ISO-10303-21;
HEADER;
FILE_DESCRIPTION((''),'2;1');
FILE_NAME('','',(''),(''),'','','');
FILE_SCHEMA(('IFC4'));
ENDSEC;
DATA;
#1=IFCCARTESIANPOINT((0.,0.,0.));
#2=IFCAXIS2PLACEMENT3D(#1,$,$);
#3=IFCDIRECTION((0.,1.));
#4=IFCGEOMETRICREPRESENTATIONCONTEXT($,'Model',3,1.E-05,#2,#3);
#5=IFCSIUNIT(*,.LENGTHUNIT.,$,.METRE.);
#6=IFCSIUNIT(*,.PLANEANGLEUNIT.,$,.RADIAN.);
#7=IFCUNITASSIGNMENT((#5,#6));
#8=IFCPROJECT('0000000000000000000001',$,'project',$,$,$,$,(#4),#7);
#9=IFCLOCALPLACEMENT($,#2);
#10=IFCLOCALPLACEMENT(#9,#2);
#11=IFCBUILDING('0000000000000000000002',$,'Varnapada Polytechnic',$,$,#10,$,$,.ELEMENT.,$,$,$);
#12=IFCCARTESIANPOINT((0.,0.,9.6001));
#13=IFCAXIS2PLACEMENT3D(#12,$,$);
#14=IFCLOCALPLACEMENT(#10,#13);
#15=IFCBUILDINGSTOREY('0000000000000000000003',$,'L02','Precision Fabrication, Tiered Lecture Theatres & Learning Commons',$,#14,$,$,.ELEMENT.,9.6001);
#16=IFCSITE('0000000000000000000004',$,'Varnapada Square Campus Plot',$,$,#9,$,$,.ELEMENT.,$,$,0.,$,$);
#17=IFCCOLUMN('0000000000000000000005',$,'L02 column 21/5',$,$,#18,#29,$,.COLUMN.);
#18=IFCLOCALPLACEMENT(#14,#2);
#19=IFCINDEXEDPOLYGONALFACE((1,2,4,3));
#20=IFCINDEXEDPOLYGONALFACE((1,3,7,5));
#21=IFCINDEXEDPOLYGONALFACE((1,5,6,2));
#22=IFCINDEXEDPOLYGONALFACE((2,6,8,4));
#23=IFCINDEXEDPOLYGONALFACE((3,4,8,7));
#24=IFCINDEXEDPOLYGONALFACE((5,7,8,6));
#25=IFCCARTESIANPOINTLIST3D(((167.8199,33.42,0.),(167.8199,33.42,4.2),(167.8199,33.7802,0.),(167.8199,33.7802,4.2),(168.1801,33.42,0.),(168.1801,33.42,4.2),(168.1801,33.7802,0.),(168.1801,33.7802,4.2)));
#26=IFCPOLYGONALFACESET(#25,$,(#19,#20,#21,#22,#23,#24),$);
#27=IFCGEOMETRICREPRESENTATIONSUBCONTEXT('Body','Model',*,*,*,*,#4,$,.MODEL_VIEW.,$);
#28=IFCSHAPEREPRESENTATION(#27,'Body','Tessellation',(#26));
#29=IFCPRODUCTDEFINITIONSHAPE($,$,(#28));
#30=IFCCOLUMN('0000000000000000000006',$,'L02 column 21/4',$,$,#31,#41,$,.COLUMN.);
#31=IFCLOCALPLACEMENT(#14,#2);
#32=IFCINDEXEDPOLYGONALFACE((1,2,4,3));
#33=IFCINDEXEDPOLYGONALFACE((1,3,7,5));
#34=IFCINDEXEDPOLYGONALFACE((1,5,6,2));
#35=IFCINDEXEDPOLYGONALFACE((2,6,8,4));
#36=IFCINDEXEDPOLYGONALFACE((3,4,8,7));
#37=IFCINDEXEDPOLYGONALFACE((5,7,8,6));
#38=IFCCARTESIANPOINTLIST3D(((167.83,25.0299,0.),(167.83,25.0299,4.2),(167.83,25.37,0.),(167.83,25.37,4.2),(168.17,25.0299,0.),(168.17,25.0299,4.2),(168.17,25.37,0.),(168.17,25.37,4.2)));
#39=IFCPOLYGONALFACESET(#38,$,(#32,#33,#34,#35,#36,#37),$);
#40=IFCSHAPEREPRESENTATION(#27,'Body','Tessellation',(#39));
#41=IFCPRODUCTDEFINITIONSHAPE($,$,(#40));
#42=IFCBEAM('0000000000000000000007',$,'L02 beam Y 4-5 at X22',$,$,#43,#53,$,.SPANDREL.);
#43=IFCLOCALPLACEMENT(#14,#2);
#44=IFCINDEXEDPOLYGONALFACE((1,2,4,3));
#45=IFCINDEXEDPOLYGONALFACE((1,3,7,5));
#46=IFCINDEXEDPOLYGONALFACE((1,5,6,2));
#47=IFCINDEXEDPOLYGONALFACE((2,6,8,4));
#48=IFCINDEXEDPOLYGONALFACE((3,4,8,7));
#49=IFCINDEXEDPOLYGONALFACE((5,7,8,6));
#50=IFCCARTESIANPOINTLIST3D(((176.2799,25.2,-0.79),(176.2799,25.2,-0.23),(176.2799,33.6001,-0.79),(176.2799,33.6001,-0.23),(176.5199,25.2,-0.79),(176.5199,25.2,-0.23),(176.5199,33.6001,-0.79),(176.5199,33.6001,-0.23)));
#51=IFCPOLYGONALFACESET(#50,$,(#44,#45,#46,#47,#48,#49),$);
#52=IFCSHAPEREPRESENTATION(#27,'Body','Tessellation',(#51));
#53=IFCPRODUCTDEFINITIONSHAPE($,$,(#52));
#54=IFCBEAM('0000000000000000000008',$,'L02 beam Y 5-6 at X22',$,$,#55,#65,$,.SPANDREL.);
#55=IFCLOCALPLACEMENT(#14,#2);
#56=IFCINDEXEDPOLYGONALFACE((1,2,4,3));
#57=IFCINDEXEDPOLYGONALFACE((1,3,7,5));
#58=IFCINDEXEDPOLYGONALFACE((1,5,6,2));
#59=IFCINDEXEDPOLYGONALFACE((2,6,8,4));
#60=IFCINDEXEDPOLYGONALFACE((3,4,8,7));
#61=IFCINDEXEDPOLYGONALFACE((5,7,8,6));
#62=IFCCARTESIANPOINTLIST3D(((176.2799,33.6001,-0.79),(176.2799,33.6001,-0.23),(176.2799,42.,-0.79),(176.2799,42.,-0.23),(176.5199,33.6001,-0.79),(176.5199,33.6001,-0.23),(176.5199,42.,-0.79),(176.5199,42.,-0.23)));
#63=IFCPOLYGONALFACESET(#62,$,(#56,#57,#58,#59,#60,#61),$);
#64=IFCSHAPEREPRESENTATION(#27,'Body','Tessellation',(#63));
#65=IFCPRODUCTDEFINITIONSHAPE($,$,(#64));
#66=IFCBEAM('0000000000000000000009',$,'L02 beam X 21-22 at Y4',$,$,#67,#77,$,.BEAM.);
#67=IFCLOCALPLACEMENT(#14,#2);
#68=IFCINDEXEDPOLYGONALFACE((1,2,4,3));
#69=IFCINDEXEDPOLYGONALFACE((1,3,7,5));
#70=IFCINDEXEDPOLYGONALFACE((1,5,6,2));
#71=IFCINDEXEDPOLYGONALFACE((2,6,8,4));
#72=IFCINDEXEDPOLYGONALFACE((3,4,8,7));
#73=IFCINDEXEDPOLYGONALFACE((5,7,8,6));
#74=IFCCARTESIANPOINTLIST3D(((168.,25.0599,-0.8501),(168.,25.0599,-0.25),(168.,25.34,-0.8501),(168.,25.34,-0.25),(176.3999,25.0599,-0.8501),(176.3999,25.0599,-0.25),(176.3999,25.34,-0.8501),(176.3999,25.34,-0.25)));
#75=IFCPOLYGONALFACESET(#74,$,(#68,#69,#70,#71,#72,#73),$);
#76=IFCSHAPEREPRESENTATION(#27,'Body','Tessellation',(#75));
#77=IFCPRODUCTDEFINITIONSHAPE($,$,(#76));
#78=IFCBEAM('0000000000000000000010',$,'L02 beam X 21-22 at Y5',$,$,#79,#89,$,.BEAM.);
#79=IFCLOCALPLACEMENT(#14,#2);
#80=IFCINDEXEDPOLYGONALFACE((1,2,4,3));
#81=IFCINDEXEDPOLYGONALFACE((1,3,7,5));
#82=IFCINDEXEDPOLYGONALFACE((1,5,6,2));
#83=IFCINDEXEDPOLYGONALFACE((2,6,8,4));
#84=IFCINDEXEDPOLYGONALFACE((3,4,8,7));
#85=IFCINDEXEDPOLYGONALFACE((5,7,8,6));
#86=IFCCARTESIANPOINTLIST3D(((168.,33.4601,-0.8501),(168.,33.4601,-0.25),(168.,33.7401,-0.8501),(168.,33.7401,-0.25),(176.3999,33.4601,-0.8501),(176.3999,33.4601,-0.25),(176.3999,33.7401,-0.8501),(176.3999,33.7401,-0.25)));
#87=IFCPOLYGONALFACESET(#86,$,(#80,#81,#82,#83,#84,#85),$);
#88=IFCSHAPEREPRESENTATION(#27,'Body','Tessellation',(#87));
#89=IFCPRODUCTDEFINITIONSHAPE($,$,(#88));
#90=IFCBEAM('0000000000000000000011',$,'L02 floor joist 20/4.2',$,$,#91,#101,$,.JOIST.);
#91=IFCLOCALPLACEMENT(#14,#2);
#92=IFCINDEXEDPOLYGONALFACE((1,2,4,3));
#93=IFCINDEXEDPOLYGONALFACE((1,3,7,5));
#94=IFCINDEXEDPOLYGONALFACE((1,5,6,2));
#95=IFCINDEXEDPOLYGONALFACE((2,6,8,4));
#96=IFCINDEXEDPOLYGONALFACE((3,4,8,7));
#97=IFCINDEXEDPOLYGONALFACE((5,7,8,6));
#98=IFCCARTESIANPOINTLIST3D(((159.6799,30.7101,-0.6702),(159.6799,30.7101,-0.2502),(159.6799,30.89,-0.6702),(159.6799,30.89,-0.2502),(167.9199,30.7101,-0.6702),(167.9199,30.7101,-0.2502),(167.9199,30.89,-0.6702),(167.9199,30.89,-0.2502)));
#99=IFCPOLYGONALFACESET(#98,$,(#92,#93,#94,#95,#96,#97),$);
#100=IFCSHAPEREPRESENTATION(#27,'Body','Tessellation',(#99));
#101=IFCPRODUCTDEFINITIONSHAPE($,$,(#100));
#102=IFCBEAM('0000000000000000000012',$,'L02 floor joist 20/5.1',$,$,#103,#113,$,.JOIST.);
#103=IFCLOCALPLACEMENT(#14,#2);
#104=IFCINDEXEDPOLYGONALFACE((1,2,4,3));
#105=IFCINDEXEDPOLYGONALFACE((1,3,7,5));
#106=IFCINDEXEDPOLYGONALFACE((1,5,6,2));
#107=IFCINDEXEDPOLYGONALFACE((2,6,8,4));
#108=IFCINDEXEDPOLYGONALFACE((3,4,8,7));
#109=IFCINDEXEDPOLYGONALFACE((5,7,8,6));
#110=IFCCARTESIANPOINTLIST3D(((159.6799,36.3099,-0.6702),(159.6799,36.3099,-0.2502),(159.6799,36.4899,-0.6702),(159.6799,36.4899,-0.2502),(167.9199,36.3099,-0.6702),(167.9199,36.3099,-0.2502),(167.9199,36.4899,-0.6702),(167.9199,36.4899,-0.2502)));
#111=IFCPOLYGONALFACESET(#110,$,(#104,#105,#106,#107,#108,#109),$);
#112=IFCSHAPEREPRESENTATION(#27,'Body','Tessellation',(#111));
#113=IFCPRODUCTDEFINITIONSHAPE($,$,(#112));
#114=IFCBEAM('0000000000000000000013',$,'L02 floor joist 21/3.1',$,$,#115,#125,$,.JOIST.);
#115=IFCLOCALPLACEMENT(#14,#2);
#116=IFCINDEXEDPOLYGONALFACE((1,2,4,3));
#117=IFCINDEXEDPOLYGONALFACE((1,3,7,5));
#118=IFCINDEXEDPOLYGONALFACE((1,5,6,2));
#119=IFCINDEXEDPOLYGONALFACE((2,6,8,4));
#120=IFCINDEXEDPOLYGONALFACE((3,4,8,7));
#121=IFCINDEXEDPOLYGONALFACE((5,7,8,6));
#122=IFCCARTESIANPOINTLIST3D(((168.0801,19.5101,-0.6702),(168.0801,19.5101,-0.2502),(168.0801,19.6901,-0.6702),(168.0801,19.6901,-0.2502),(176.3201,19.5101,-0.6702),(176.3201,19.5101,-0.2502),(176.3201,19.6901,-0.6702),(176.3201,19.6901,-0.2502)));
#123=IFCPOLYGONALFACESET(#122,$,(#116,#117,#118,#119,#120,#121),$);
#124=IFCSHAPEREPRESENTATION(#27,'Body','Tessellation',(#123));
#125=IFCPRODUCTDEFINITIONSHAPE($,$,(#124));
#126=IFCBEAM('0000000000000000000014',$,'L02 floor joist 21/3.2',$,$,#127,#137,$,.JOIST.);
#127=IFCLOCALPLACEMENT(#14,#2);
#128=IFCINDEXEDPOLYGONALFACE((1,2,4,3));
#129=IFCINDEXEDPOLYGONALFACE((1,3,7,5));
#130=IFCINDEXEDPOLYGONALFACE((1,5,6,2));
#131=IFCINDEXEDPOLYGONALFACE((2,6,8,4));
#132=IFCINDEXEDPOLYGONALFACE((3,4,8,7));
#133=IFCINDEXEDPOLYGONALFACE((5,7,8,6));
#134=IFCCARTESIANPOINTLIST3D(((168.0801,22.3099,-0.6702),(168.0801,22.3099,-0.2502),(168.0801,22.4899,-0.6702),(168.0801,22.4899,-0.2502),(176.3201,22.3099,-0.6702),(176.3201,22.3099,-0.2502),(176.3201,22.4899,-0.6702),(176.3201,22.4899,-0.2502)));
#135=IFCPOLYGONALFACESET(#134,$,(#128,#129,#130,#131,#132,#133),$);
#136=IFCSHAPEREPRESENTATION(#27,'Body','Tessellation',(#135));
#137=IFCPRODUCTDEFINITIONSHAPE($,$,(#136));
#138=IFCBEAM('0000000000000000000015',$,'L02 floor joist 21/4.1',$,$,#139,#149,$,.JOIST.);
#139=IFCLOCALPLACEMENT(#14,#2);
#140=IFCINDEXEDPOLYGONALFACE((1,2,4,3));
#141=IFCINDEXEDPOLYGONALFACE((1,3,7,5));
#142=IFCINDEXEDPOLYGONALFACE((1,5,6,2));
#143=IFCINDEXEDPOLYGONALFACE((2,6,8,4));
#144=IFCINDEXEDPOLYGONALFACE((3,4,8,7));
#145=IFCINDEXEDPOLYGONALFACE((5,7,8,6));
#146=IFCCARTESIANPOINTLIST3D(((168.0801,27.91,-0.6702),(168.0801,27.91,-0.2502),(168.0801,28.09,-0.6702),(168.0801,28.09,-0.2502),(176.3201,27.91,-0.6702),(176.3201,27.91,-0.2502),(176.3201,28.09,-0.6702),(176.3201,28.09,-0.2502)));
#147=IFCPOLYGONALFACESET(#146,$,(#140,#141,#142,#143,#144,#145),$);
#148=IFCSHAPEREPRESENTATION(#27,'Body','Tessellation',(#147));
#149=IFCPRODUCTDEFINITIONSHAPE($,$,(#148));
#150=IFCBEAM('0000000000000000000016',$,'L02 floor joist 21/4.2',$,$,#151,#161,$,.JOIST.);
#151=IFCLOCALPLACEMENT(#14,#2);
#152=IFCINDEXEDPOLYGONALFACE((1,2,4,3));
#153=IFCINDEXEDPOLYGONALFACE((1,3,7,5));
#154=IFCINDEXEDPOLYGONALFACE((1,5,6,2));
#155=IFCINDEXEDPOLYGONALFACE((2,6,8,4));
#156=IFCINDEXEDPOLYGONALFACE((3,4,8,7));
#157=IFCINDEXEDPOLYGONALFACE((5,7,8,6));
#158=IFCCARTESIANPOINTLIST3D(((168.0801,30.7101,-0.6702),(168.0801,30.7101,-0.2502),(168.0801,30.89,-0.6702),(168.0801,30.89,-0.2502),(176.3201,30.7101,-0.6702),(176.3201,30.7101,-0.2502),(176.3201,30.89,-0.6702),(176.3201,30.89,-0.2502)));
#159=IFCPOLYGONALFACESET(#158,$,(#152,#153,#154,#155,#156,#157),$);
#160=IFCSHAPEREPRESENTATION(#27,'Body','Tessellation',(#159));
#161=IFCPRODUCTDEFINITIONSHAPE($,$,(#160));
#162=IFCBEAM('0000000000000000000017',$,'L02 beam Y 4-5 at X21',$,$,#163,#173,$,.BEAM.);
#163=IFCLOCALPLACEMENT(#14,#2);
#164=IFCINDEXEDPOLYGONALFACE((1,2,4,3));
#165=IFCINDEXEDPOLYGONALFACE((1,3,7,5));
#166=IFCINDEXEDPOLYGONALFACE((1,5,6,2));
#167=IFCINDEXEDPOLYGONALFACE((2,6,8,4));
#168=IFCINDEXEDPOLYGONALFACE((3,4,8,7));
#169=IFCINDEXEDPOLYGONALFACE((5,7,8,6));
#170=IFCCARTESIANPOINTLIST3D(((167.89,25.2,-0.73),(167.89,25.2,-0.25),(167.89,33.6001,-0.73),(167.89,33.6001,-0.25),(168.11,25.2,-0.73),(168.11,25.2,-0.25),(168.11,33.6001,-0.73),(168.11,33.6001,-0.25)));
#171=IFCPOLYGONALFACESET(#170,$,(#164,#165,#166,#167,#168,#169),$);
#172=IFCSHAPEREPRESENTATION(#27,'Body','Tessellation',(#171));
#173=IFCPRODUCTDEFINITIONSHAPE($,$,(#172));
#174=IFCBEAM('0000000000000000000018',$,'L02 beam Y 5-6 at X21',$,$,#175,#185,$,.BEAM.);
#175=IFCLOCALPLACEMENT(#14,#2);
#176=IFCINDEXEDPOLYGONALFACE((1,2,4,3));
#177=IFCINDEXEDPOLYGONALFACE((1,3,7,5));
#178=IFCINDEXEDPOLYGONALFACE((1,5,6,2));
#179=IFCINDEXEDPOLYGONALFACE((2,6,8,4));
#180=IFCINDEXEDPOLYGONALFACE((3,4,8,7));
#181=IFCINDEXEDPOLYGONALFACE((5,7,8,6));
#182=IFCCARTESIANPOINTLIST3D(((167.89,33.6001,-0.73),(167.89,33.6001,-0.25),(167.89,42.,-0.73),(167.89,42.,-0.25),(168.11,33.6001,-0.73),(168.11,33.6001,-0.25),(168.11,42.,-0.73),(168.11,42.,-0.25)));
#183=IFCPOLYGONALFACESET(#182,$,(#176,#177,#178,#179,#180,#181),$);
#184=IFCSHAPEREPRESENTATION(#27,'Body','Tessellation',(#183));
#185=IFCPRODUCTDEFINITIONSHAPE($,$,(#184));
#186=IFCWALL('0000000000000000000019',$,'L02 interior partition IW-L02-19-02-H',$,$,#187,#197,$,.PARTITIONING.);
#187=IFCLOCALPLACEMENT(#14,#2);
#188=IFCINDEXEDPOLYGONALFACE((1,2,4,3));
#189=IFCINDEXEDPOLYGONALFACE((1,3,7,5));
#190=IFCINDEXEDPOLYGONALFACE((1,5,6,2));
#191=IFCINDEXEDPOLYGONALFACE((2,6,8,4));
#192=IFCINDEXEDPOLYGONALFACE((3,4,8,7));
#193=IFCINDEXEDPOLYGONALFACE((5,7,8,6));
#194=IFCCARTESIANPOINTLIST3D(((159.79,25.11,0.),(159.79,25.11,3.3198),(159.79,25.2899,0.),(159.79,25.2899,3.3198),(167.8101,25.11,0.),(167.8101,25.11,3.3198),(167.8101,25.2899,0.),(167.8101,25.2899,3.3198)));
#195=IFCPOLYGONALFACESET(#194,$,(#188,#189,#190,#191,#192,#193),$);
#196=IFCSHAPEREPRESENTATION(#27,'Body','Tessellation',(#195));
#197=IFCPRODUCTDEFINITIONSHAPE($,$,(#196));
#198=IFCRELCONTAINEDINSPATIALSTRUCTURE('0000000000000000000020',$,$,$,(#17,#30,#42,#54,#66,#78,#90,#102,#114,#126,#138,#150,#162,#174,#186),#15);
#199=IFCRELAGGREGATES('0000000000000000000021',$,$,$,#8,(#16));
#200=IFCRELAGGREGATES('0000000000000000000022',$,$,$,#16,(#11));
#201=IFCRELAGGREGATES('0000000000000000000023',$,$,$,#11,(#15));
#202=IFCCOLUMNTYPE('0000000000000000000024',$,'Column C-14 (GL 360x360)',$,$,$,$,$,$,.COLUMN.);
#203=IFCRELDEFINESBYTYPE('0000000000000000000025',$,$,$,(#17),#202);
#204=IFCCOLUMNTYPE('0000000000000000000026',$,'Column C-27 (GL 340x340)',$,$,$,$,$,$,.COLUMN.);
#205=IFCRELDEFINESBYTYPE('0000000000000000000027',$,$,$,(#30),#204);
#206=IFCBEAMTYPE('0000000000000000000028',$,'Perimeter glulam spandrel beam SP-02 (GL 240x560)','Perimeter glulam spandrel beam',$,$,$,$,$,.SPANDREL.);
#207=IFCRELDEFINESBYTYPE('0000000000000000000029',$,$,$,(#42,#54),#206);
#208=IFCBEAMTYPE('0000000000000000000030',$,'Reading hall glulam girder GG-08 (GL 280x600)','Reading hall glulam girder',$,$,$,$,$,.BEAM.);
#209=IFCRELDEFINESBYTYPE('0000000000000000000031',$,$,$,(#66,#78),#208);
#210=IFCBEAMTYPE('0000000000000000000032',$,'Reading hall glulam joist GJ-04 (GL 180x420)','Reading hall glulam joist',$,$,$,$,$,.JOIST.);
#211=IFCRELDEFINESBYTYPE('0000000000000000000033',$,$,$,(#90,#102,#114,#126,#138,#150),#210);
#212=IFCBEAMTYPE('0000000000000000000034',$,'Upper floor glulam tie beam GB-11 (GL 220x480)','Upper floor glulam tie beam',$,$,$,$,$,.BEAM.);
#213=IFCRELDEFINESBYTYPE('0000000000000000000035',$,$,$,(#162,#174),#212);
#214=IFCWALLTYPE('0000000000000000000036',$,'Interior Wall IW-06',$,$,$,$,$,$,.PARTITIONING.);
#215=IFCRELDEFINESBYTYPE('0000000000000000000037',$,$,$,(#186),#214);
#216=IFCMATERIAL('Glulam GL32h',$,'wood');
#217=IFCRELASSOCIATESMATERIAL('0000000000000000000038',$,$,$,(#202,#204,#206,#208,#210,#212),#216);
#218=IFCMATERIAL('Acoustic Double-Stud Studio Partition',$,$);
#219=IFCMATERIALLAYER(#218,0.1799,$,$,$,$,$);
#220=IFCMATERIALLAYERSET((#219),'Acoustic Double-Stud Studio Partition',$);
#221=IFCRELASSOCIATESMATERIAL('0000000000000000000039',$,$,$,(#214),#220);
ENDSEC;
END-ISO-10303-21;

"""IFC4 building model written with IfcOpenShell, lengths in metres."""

from ifc_helpers import new_model, si_unit, direction, frame, frame_2d, origin, origin_2d, place, context, subcontext, project, spatial, rectangle, extrude, material, layer, layer_set, material_profile, profile_set, type_object, element, save


model = new_model("IFC4")

# Units and contexts
model_context = context("Model", 3, precision=1e-05, world=origin(), true_north=direction((0.0, 1.0)))
body_context = subcontext(model_context, "Body", "Model", "MODEL_VIEW")
ifc_project = project(units=[si_unit("LENGTHUNIT", "METRE"), si_unit("PLANEANGLEUNIT", "RADIAN")], contexts=[model_context])

# Site, building, storey
site_placement = place(None, origin())
site = spatial("IfcSite", under=ifc_project, at=site_placement, Name="Varnapada Square Campus Plot", CompositionType="ELEMENT", RefElevation=0.0)
building_placement = place(site_placement, origin())
building = spatial("IfcBuilding", under=site, at=building_placement, Name="Varnapada Polytechnic", CompositionType="ELEMENT")
storey_placement = place(building_placement, frame((0.0, 0.0, 9.6001)))
storey = spatial("IfcBuildingStorey", under=building, at=storey_placement, Name="L02", Description="Precision Fabrication, Tiered Lecture Theatres & Learning Commons", CompositionType="ELEMENT", Elevation=9.6001)

# Columns
ifc_material_1 = material(Name="Glulam GL32h", Category="wood")
ifc_material_profile_1 = material_profile(ifc_material_1, rectangle(XDim=0.3601, YDim=0.3601, at=origin_2d()), Name="GL 360x360")
ifc_profile_set_1 = profile_set([ifc_material_profile_1], Name="Glulam GL32h")
column_type_1 = type_object("IfcColumnType", Name="Column C-14 (GL 360x360)", PredefinedType="COLUMN", material=ifc_profile_set_1)
column_1_placement = place(storey_placement, frame((168.0, 33.6001, 0.0), z_axis=(0.0, 0.0, 1.0), x_axis=(1.0, 0.0, 0.0)))
element("IfcColumn", 1, at=column_1_placement, inside=storey, type_object=column_type_1, Name="L02 column 21/5", PredefinedType="COLUMN", context=body_context, shape_type="SweptSolid", body=[
    extrude(rectangle(XDim=0.3601, YDim=0.3601, at=origin_2d()), origin(), (0.0, 0.0, 1.0), 4.2),
])
ifc_material_profile_2 = material_profile(ifc_material_1, rectangle(XDim=0.3401, YDim=0.3401, at=origin_2d()), Name="GL 340x340")
ifc_profile_set_2 = profile_set([ifc_material_profile_2], Name="Glulam GL32h")
column_type_2 = type_object("IfcColumnType", Name="Column C-27 (GL 340x340)", PredefinedType="COLUMN", material=ifc_profile_set_2)
column_2_placement = place(storey_placement, frame((168.0, 25.2, 0.0), z_axis=(0.0, 0.0, 1.0), x_axis=(1.0, 0.0, 0.0)))
element("IfcColumn", 2, at=column_2_placement, inside=storey, type_object=column_type_2, Name="L02 column 21/4", PredefinedType="COLUMN", context=body_context, shape_type="SweptSolid", body=[
    extrude(rectangle(XDim=0.3401, YDim=0.3401, at=origin_2d()), origin(), (0.0, 0.0, 1.0), 4.2),
])

# Beams
ifc_material_profile_3 = material_profile(ifc_material_1, rectangle(XDim=0.24, YDim=0.5601, at=origin_2d()), Name="GL 240x560")
ifc_profile_set_3 = profile_set([ifc_material_profile_3], Name="Glulam GL32h")
beam_type_1 = type_object("IfcBeamType", Name="Perimeter glulam spandrel beam SP-02 (GL 240x560)", Description="Perimeter glulam spandrel beam", PredefinedType="SPANDREL", material=ifc_profile_set_3)
beam_1_placement = place(storey_placement, frame((176.3999, 25.2, -0.51), z_axis=(0.0, 1.0, 0.0), x_axis=(-1.0, 0.0, 0.0)))
element("IfcBeam", 3, at=beam_1_placement, inside=storey, type_object=beam_type_1, Name="L02 beam Y 4-5 at X22", PredefinedType="SPANDREL", context=body_context, shape_type="SweptSolid", body=[
    extrude(rectangle(XDim=0.24, YDim=0.5601, at=origin_2d()), origin(), (0.0, 0.0, 1.0), 8.4001),
])
beam_2_placement = place(storey_placement, frame((176.3999, 33.6001, -0.51), z_axis=(0.0, 1.0, 0.0), x_axis=(-1.0, 0.0, 0.0)))
element("IfcBeam", 4, at=beam_2_placement, inside=storey, type_object=beam_type_1, Name="L02 beam Y 5-6 at X22", PredefinedType="SPANDREL", context=body_context, shape_type="SweptSolid", body=[
    extrude(rectangle(XDim=0.24, YDim=0.5601, at=origin_2d()), origin(), (0.0, 0.0, 1.0), 8.3999),
])
ifc_material_profile_4 = material_profile(ifc_material_1, rectangle(XDim=0.28, YDim=0.6001, at=origin_2d()), Name="GL 280x600")
ifc_profile_set_4 = profile_set([ifc_material_profile_4], Name="Glulam GL32h")
beam_type_2 = type_object("IfcBeamType", Name="Reading hall glulam girder GG-08 (GL 280x600)", Description="Reading hall glulam girder", PredefinedType="BEAM", material=ifc_profile_set_4)
for number, where, z_axis, x_axis, name in (
    (5, (168.0, 25.2, -0.55), (1.0, 0.0, 0.0), (0.0, 1.0, 0.0), "L02 beam X 21-22 at Y4"),
    (6, (168.0, 33.6001, -0.55), (1.0, 0.0, 0.0), (0.0, 1.0, 0.0), "L02 beam X 21-22 at Y5"),
):
    element("IfcBeam", number, at=place(storey_placement, frame(where, z_axis=z_axis, x_axis=x_axis)), inside=storey, type_object=beam_type_2, Name=name, PredefinedType="BEAM", context=body_context, shape_type="SweptSolid", body=[
        extrude(rectangle(XDim=0.28, YDim=0.6001, at=origin_2d()), origin(), (0.0, 0.0, 1.0), 8.3999),
    ])
ifc_material_profile_5 = material_profile(ifc_material_1, rectangle(XDim=0.1799, YDim=0.4199, at=origin_2d()), Name="GL 180x420")
ifc_profile_set_5 = profile_set([ifc_material_profile_5], Name="Glulam GL32h")
beam_type_3 = type_object("IfcBeamType", Name="Reading hall glulam joist GJ-04 (GL 180x420)", Description="Reading hall glulam joist", PredefinedType="JOIST", material=ifc_profile_set_5)
for number, where, z_axis, x_axis, name in (
    (7, (159.6799, 30.8, -0.4602), (1.0, 0.0, 0.0), (0.0, 1.0, 0.0), "L02 floor joist 20/4.2"),
    (8, (159.6799, 36.3999, -0.4602), (1.0, 0.0, 0.0), (0.0, 1.0, 0.0), "L02 floor joist 20/5.1"),
    (9, (168.0801, 19.6001, -0.4602), (1.0, 0.0, 0.0), (0.0, 1.0, 0.0), "L02 floor joist 21/3.1"),
    (10, (168.0801, 22.3999, -0.4602), (1.0, 0.0, 0.0), (0.0, 1.0, 0.0), "L02 floor joist 21/3.2"),
    (11, (168.0801, 28.0, -0.4602), (1.0, 0.0, 0.0), (0.0, 1.0, 0.0), "L02 floor joist 21/4.1"),
    (12, (168.0801, 30.8, -0.4602), (1.0, 0.0, 0.0), (0.0, 1.0, 0.0), "L02 floor joist 21/4.2"),
):
    element("IfcBeam", number, at=place(storey_placement, frame(where, z_axis=z_axis, x_axis=x_axis)), inside=storey, type_object=beam_type_3, Name=name, PredefinedType="JOIST", context=body_context, shape_type="SweptSolid", body=[
        extrude(rectangle(XDim=0.1799, YDim=0.4199, at=origin_2d()), origin(), (0.0, 0.0, 1.0), 8.24),
    ])
ifc_material_profile_6 = material_profile(ifc_material_1, rectangle(XDim=0.22, YDim=0.48, at=origin_2d()), Name="GL 220x480")
ifc_profile_set_6 = profile_set([ifc_material_profile_6], Name="Glulam GL32h")
beam_type_4 = type_object("IfcBeamType", Name="Upper floor glulam tie beam GB-11 (GL 220x480)", Description="Upper floor glulam tie beam", PredefinedType="BEAM", material=ifc_profile_set_6)
beam_3_placement = place(storey_placement, frame((168.0, 25.2, -0.49), z_axis=(0.0, 1.0, 0.0), x_axis=(-1.0, 0.0, 0.0)))
element("IfcBeam", 13, at=beam_3_placement, inside=storey, type_object=beam_type_4, Name="L02 beam Y 4-5 at X21", PredefinedType="BEAM", context=body_context, shape_type="SweptSolid", body=[
    extrude(rectangle(XDim=0.22, YDim=0.48, at=origin_2d()), origin(), (0.0, 0.0, 1.0), 8.4001),
])
beam_4_placement = place(storey_placement, frame((168.0, 33.6001, -0.49), z_axis=(0.0, 1.0, 0.0), x_axis=(-1.0, 0.0, 0.0)))
element("IfcBeam", 14, at=beam_4_placement, inside=storey, type_object=beam_type_4, Name="L02 beam Y 5-6 at X21", PredefinedType="BEAM", context=body_context, shape_type="SweptSolid", body=[
    extrude(rectangle(XDim=0.22, YDim=0.48, at=origin_2d()), origin(), (0.0, 0.0, 1.0), 8.3999),
])

# Wall
ifc_material_2 = material(Name="Acoustic Double-Stud Studio Partition")
ifc_layer_1 = layer(ifc_material_2, 0.1799)
ifc_layer_set_1 = layer_set([ifc_layer_1], Name="Acoustic Double-Stud Studio Partition")
wall_type_1 = type_object("IfcWallType", Name="Interior Wall IW-06", PredefinedType="PARTITIONING", material=ifc_layer_set_1)
wall_1_placement = place(storey_placement, frame((159.79, 25.2, 0.0), z_axis=(0.0, 0.0, 1.0), x_axis=(1.0, 0.0, 0.0)))
element("IfcWall", 15, at=wall_1_placement, inside=storey, type_object=wall_type_1, Name="L02 interior partition IW-L02-19-02-H", PredefinedType="PARTITIONING", context=body_context, shape_type="SweptSolid", body=[
    extrude(rectangle(XDim=8.02, YDim=0.1799, at=frame_2d((4.01, 0.0))), origin(), (0.0, 0.0, 1.0), 3.3198),
])

save(model, "model.ifc")
